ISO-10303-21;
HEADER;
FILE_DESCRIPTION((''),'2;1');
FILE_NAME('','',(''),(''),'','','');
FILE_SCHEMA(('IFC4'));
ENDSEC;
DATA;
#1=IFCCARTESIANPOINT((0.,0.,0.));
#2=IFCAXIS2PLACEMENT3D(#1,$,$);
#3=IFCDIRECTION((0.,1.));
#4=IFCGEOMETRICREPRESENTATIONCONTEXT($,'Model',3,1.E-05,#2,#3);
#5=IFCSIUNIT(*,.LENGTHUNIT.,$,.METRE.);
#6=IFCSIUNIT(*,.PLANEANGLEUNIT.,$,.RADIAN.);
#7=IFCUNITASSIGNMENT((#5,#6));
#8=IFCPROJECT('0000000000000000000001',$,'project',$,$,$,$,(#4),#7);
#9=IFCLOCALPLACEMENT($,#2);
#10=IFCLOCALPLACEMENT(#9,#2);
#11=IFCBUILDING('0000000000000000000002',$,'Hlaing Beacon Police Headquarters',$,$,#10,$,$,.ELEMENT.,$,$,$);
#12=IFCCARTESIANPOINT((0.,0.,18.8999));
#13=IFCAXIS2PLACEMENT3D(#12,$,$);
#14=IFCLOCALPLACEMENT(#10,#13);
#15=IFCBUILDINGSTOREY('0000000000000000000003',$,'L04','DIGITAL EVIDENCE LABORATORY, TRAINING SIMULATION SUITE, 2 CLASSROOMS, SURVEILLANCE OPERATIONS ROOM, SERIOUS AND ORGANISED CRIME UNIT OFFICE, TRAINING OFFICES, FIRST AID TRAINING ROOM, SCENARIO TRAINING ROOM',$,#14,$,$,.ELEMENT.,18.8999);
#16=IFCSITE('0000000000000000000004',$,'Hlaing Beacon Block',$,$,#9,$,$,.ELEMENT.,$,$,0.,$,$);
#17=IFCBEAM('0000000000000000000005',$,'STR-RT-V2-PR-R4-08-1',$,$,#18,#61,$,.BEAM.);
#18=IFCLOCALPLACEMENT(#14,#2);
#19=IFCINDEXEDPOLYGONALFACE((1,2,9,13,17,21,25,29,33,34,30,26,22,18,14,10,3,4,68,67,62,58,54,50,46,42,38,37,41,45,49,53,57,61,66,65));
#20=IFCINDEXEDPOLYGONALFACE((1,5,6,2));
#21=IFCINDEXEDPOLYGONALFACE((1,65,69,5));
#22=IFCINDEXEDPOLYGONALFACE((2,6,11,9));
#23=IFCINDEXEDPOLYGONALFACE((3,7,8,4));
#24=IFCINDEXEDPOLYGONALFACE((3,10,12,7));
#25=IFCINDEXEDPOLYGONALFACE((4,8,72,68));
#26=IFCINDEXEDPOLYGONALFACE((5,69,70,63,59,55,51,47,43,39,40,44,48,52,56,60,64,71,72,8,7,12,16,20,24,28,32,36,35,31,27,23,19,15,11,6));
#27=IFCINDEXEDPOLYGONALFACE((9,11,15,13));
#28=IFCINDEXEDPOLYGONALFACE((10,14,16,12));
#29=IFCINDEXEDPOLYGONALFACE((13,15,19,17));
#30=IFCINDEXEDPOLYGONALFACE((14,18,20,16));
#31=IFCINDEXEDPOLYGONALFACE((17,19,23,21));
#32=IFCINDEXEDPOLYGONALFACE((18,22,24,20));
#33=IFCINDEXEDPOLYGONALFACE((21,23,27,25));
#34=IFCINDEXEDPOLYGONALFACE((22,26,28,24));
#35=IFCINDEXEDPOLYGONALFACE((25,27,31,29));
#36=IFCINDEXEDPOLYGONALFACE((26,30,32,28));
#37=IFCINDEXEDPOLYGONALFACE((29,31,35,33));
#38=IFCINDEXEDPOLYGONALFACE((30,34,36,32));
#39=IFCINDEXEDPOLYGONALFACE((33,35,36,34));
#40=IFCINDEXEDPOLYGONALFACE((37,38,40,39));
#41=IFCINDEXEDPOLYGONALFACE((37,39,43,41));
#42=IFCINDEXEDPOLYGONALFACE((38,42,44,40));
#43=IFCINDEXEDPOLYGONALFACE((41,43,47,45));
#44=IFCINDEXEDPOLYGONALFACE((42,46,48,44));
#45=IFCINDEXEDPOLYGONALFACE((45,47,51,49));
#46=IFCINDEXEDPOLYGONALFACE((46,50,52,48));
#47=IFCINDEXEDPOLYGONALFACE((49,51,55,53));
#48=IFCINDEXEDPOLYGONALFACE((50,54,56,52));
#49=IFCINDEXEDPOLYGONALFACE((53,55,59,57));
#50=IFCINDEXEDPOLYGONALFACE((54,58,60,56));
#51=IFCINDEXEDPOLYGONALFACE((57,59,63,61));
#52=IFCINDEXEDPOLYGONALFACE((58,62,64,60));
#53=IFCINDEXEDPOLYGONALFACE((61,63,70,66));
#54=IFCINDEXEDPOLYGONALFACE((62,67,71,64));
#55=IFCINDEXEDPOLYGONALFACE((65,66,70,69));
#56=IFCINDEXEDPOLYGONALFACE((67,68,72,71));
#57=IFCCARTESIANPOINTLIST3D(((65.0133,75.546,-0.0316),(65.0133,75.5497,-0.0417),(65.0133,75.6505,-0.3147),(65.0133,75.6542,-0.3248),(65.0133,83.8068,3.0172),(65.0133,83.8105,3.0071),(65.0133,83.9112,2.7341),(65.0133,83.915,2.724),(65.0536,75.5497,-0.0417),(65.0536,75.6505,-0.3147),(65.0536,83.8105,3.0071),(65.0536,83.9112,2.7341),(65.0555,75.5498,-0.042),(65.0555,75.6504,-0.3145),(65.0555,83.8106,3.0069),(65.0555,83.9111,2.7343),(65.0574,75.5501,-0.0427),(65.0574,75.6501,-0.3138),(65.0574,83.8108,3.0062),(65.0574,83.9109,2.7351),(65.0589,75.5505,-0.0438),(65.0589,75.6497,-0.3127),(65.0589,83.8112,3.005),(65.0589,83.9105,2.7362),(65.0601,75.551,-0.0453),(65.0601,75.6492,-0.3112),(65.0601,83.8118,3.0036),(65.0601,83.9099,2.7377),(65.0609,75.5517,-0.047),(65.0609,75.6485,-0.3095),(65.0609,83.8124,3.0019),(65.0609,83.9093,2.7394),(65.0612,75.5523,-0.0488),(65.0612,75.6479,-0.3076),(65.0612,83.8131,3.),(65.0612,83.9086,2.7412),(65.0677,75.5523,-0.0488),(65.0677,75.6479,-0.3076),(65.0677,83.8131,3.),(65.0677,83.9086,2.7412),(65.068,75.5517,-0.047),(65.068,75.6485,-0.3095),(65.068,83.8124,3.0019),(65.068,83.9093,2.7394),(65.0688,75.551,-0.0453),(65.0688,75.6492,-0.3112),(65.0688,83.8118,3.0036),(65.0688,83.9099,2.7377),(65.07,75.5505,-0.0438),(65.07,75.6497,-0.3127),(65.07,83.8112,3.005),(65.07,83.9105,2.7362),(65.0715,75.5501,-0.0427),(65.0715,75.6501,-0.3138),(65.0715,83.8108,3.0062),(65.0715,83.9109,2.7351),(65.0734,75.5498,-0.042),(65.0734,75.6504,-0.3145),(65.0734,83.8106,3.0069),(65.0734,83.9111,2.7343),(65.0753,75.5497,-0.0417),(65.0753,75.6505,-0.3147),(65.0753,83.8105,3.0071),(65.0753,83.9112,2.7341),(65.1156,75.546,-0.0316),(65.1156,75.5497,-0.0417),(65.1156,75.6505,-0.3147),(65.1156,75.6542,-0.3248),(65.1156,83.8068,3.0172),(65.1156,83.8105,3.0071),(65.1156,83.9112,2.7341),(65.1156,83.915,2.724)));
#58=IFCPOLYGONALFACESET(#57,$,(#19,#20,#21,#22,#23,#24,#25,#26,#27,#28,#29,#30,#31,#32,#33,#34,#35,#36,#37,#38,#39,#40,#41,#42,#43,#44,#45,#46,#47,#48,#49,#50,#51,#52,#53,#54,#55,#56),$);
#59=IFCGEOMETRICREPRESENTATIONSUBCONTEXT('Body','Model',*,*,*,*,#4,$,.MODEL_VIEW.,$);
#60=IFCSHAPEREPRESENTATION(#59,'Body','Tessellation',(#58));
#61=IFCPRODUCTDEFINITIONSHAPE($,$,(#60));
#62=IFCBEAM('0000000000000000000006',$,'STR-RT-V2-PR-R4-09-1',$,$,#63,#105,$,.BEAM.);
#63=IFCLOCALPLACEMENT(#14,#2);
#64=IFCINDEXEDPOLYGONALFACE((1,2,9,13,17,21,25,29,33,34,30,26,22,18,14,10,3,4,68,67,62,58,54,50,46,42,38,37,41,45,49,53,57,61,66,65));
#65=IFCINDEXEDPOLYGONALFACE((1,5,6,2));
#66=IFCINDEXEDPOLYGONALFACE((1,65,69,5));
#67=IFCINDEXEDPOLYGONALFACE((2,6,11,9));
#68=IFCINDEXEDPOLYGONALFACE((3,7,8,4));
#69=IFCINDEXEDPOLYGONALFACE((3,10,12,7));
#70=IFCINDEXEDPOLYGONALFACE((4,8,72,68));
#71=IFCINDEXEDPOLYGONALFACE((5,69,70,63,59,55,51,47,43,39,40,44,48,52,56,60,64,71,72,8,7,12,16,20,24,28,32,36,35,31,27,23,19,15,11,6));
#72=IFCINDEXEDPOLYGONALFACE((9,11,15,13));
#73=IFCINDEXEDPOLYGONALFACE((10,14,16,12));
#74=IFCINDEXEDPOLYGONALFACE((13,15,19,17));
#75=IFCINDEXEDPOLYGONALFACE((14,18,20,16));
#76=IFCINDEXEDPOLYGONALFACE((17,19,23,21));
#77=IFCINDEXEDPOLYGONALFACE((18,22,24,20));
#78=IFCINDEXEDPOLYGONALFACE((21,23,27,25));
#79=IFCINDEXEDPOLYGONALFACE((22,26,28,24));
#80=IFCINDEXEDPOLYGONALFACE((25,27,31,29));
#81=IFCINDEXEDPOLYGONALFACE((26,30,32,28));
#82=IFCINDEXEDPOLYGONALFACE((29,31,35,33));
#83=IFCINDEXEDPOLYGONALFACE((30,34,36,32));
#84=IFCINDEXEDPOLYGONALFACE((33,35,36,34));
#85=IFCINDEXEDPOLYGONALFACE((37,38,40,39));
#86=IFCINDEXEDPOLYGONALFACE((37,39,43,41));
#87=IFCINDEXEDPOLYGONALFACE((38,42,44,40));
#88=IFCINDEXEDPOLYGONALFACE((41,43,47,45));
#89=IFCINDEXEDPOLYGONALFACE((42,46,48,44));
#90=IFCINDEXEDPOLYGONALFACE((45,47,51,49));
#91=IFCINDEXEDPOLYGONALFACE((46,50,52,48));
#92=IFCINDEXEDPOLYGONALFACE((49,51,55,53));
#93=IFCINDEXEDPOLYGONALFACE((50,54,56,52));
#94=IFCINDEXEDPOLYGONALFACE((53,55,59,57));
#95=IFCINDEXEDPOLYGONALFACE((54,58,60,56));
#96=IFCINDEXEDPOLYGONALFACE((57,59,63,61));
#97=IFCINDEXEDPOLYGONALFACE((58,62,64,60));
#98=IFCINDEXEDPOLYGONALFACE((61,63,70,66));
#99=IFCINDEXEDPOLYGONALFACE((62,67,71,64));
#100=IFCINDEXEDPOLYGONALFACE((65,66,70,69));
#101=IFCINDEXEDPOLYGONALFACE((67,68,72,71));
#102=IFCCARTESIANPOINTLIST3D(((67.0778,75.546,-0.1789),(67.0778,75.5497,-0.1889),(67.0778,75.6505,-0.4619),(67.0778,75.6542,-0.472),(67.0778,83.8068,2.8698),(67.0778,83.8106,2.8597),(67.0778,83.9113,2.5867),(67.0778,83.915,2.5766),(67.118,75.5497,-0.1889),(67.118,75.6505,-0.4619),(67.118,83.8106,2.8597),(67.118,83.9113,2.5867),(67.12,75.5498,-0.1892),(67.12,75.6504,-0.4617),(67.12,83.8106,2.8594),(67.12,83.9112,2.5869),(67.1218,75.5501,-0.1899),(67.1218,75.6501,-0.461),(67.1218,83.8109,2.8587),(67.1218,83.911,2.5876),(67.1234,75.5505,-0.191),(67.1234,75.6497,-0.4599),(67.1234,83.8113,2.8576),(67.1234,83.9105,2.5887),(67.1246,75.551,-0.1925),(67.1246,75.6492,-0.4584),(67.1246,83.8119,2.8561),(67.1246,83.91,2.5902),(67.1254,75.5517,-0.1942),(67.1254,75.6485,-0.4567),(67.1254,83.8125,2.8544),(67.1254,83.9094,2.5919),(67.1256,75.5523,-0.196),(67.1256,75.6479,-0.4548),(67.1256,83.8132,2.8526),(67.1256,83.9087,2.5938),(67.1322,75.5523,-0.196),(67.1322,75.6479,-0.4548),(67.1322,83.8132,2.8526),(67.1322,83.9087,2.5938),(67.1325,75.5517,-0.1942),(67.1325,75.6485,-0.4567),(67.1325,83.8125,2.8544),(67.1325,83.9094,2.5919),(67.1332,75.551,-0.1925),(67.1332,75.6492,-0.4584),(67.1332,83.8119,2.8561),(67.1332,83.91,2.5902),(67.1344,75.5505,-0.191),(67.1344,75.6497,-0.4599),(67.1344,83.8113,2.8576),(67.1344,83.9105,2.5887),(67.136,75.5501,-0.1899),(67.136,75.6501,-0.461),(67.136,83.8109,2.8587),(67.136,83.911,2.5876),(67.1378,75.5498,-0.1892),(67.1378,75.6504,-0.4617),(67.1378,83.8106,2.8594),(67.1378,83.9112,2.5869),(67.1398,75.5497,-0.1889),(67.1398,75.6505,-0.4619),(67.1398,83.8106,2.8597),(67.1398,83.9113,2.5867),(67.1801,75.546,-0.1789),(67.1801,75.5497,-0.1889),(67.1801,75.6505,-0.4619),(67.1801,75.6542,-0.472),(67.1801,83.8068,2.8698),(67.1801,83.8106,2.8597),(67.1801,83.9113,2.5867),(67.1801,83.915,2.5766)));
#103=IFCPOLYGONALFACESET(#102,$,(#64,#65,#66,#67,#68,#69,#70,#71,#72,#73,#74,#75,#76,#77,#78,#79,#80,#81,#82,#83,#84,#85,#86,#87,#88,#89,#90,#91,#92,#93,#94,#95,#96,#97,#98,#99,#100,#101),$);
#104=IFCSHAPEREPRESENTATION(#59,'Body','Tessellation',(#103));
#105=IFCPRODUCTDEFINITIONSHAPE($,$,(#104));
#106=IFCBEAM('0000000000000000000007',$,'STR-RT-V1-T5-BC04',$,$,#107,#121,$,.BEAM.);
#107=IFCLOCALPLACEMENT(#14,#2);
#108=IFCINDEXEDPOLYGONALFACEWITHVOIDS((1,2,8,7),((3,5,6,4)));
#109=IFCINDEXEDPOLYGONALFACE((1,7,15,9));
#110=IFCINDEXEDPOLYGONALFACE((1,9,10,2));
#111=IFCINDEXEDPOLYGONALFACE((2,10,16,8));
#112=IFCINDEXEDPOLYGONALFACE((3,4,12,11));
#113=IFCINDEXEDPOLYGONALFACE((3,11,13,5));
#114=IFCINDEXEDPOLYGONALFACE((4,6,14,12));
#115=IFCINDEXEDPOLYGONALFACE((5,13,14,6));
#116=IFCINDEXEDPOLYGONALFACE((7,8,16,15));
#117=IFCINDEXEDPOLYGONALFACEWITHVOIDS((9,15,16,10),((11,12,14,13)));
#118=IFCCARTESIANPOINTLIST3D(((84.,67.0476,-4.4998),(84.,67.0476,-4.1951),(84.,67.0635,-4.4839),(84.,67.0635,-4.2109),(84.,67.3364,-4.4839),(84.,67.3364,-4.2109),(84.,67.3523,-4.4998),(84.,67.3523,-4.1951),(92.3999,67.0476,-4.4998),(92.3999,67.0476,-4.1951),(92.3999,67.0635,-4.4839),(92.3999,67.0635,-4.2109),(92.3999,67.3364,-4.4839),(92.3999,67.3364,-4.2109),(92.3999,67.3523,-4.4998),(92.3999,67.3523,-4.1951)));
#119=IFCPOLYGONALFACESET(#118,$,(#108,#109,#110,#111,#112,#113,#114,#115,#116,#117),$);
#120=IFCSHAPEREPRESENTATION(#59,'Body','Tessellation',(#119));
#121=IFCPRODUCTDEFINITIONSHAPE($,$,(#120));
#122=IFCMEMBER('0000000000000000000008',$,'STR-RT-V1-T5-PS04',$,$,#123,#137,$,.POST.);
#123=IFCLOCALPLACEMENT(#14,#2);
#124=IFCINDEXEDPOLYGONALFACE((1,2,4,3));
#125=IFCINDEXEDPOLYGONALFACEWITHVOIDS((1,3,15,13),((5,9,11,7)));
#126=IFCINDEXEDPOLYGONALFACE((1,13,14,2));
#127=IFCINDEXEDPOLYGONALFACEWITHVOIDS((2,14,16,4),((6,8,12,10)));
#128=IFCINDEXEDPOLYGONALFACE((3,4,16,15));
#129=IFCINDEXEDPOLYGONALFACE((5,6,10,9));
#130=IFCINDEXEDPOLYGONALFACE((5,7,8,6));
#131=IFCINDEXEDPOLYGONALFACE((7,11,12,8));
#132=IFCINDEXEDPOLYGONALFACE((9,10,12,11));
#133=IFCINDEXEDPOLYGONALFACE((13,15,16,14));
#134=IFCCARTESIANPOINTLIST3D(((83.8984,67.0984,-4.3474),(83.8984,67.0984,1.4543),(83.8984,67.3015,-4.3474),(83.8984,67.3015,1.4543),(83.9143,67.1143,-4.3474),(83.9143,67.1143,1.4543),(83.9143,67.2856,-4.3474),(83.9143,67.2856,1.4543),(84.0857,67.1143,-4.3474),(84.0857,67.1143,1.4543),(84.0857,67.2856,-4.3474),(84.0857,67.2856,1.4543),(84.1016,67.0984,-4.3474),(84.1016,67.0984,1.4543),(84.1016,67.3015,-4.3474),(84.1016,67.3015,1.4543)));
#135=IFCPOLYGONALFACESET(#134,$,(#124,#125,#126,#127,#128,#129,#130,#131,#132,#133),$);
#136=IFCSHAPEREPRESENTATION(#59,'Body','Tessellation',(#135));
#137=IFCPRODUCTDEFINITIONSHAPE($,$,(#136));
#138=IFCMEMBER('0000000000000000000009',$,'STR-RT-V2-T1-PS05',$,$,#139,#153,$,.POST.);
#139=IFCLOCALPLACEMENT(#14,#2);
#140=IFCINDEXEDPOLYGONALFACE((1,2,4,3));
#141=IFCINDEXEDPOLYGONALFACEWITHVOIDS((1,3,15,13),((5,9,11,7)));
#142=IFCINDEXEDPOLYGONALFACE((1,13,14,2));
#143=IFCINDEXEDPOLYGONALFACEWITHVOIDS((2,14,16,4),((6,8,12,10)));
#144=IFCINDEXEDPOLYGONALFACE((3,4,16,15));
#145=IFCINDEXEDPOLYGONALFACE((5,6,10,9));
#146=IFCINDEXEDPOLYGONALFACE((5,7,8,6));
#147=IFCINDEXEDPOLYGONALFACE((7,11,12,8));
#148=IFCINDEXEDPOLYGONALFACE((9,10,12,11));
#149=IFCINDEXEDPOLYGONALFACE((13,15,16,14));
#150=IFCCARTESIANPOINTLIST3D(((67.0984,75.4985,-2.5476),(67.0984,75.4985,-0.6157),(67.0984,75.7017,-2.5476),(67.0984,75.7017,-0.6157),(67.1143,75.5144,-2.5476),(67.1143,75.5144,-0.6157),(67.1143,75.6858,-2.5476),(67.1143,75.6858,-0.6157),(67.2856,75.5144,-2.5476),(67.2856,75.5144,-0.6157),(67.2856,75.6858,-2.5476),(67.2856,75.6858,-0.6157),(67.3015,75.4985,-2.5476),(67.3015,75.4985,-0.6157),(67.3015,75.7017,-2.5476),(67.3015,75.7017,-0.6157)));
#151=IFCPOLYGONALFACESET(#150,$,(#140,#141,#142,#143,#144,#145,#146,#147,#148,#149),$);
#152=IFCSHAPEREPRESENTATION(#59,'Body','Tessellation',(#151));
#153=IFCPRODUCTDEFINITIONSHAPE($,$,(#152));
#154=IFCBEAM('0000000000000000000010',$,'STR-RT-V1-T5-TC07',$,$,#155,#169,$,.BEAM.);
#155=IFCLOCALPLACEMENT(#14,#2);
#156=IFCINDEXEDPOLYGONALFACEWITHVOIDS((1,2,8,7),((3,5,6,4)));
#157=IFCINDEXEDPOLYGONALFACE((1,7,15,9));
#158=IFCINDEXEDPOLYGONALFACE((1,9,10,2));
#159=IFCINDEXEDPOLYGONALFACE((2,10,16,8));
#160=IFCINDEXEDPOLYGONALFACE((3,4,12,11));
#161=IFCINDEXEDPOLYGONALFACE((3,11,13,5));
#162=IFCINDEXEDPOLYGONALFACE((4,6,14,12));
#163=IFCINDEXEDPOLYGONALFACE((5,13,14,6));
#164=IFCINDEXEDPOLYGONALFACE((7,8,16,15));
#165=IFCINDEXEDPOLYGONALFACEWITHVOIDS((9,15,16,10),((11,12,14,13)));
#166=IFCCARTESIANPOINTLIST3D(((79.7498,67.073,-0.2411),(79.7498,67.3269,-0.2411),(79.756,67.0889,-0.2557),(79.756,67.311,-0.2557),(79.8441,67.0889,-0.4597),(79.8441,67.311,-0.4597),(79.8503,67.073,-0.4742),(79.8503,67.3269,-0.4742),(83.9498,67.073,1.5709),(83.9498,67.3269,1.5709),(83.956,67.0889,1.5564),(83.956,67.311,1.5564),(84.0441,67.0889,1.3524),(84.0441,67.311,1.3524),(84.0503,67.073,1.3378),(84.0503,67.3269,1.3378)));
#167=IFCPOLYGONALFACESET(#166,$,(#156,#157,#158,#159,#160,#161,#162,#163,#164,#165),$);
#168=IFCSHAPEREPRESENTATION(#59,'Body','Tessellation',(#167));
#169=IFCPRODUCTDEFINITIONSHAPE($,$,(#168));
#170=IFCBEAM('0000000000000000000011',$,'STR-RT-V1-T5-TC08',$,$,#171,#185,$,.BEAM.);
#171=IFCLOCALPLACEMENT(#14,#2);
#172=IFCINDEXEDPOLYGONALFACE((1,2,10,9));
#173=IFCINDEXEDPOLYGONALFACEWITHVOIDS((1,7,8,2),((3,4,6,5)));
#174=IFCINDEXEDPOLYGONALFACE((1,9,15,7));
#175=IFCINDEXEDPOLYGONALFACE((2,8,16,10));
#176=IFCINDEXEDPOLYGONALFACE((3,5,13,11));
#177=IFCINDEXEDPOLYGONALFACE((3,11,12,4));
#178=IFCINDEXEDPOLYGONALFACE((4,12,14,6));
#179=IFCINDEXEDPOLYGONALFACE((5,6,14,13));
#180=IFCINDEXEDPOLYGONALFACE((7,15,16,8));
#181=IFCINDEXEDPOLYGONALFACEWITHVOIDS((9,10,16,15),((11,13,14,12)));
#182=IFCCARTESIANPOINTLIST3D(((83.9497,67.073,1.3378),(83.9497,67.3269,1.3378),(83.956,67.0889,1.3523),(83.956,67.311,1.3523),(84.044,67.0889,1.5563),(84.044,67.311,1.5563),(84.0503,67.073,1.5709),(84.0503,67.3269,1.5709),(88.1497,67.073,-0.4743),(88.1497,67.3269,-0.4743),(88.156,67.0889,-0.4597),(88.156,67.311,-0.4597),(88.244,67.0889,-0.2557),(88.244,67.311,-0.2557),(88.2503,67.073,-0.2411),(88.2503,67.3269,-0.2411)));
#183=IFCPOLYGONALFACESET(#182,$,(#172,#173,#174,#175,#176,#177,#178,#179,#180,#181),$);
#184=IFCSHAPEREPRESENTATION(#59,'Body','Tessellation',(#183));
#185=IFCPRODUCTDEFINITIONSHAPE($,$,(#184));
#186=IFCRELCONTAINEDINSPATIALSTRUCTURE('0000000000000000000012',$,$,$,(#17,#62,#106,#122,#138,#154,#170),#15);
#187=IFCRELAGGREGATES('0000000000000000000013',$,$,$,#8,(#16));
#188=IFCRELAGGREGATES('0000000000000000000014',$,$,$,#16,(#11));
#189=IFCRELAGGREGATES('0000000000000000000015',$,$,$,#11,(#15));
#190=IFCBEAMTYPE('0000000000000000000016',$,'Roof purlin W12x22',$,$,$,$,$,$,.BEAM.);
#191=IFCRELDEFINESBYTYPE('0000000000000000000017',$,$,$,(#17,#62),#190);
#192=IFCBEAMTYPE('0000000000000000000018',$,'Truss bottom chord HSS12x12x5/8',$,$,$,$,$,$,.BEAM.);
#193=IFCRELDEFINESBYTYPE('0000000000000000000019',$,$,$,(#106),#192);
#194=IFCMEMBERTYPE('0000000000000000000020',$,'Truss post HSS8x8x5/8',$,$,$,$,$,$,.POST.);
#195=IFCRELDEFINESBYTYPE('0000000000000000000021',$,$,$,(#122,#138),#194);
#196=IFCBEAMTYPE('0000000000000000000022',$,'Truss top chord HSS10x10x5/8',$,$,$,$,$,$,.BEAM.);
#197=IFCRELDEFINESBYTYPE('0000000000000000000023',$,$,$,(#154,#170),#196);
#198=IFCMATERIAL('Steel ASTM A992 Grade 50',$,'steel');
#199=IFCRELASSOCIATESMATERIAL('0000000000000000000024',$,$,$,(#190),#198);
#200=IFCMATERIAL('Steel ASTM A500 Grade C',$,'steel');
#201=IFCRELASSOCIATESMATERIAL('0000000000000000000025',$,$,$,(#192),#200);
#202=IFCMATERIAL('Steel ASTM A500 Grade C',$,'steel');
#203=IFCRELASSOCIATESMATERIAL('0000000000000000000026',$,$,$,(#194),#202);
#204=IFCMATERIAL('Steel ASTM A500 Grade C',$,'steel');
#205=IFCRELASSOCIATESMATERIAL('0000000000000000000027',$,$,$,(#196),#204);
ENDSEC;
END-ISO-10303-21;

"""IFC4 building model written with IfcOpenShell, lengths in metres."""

from ifc_helpers import new_model, si_unit, direction, frame, origin, origin_2d, place, context, subcontext, project, spatial, hollow_rectangle, i_section, extrude, material, material_profile, profile_set, type_object, element, save


model = new_model("IFC4")

# Units and contexts
model_context = context("Model", 3, precision=1e-05, world=origin(), true_north=direction((0.0, 1.0)))
body_context = subcontext(model_context, "Body", "Model", "MODEL_VIEW")
ifc_project = project(units=[si_unit("LENGTHUNIT", "METRE"), si_unit("PLANEANGLEUNIT", "RADIAN")], contexts=[model_context])

# Site, building, storey
site_placement = place(None, origin())
site = spatial("IfcSite", under=ifc_project, at=site_placement, Name="Hlaing Beacon Block", CompositionType="ELEMENT", RefElevation=0.0)
building_placement = place(site_placement, origin())
building = spatial("IfcBuilding", under=site, at=building_placement, Name="Hlaing Beacon Police Headquarters", CompositionType="ELEMENT")
storey_placement = place(building_placement, frame((0.0, 0.0, 18.8999)))
storey = spatial("IfcBuildingStorey", under=building, at=storey_placement, Name="L04", Description="DIGITAL EVIDENCE LABORATORY, TRAINING SIMULATION SUITE, 2 CLASSROOMS, SURVEILLANCE OPERATIONS ROOM, SERIOUS AND ORGANISED CRIME UNIT OFFICE, TRAINING OFFICES, FIRST AID TRAINING ROOM, SCENARIO TRAINING ROOM", CompositionType="ELEMENT", Elevation=18.8999)

# Beams
ifc_material_1 = material(Name="Steel ASTM A992 Grade 50", Category="steel")
ifc_material_profile_1 = material_profile(ifc_material_1, i_section(OverallWidth=0.1023, OverallDepth=0.3125, WebThickness=0.0066, FlangeThickness=0.0107, FilletRadius=0.0076, at=origin_2d()), Name="W12x22")
ifc_profile_set_1 = profile_set([ifc_material_profile_1], Name="Steel ASTM A992 Grade 50")
beam_type_1 = type_object("IfcBeamType", Name="Roof purlin W12x22", PredefinedType="BEAM", material=ifc_profile_set_1)
for number, where, z_axis, x_axis, name in (
    (1, (65.0645, 75.6001, -0.1782), (0.0, 0.938144, 0.346245), (-1.0, 0.0, 0.0), "STR-RT-V2-PR-R4-08-1"),
    (2, (67.1289, 75.6001, -0.3254), (0.0, 0.938153, 0.346221), (-1.0, 0.0, 0.0), "STR-RT-V2-PR-R4-09-1"),
):
    element("IfcBeam", number, at=place(storey_placement, frame(where, z_axis=z_axis, x_axis=x_axis)), inside=storey, type_object=beam_type_1, Name=name, PredefinedType="BEAM", context=body_context, shape_type="SweptSolid", body=[
        extrude(i_section(OverallWidth=0.1023, OverallDepth=0.3125, WebThickness=0.0066, FlangeThickness=0.0107, FilletRadius=0.0076, at=origin_2d()), origin(), (0.0, 0.0, 1.0), 8.8054),
    ])
ifc_material_2 = material(Name="Steel ASTM A500 Grade C", Category="steel")
ifc_material_profile_2 = material_profile(ifc_material_2, hollow_rectangle(XDim=0.3047, YDim=0.3047, WallThickness=0.0159, at=origin_2d()), Name="HSS12x12x5/8")
ifc_profile_set_2 = profile_set([ifc_material_profile_2], Name="Steel ASTM A500 Grade C")
beam_type_2 = type_object("IfcBeamType", Name="Truss bottom chord HSS12x12x5/8", PredefinedType="BEAM", material=ifc_profile_set_2)
beam_1_placement = place(storey_placement, frame((84.0, 67.2, -4.3474), z_axis=(1.0, 0.0, 0.0), x_axis=(0.0, 1.0, 0.0)))
element("IfcBeam", 3, at=beam_1_placement, inside=storey, type_object=beam_type_2, Name="STR-RT-V1-T5-BC04", PredefinedType="BEAM", context=body_context, shape_type="SweptSolid", body=[
    extrude(hollow_rectangle(XDim=0.3047, YDim=0.3047, WallThickness=0.0159, at=origin_2d()), origin(), (0.0, 0.0, 1.0), 8.3999),
])

# Members
ifc_material_3 = material(Name="Steel ASTM A500 Grade C", Category="steel")
ifc_material_profile_3 = material_profile(ifc_material_3, hollow_rectangle(XDim=0.2031, YDim=0.2031, WallThickness=0.0159, at=origin_2d()), Name="HSS8x8x5/8")
ifc_profile_set_3 = profile_set([ifc_material_profile_3], Name="Steel ASTM A500 Grade C")
member_type_1 = type_object("IfcMemberType", Name="Truss post HSS8x8x5/8", PredefinedType="POST", material=ifc_profile_set_3)
member_1_placement = place(storey_placement, frame((84.0, 67.2, -4.3474), z_axis=(0.0, 0.0, 1.0), x_axis=(1.0, 0.0, 0.0)))
element("IfcMember", 4, at=member_1_placement, inside=storey, type_object=member_type_1, Name="STR-RT-V1-T5-PS04", PredefinedType="POST", context=body_context, shape_type="SweptSolid", body=[
    extrude(hollow_rectangle(XDim=0.2031, YDim=0.2031, WallThickness=0.0159, at=origin_2d()), origin(), (0.0, 0.0, 1.0), 5.8018),
])
member_2_placement = place(storey_placement, frame((67.2, 75.6001, -2.5476), z_axis=(0.0, 0.0, 1.0), x_axis=(1.0, 0.0, 0.0)))
element("IfcMember", 5, at=member_2_placement, inside=storey, type_object=member_type_1, Name="STR-RT-V2-T1-PS05", PredefinedType="POST", context=body_context, shape_type="SweptSolid", body=[
    extrude(hollow_rectangle(XDim=0.2031, YDim=0.2031, WallThickness=0.0159, at=origin_2d()), origin(), (0.0, 0.0, 1.0), 1.9319),
])

# Beams
ifc_material_4 = material(Name="Steel ASTM A500 Grade C", Category="steel")
ifc_material_profile_4 = material_profile(ifc_material_4, hollow_rectangle(XDim=0.2539, YDim=0.2539, WallThickness=0.0159, at=origin_2d()), Name="HSS10x10x5/8")
ifc_profile_set_4 = profile_set([ifc_material_profile_4], Name="Steel ASTM A500 Grade C")
beam_type_3 = type_object("IfcBeamType", Name="Truss top chord HSS10x10x5/8", PredefinedType="BEAM", material=ifc_profile_set_4)
for number, where, z_axis, x_axis, name in (
    (6, (79.8, 67.2, -0.3577), (0.91819, 0.0, 0.396141), (0.0, 1.0, 0.0), "STR-RT-V1-T5-TC07"),
    (7, (84.0, 67.2, 1.4543), (0.91819, 0.0, -0.396141), (0.0, 1.0, 0.0), "STR-RT-V1-T5-TC08"),
):
    element("IfcBeam", number, at=place(storey_placement, frame(where, z_axis=z_axis, x_axis=x_axis)), inside=storey, type_object=beam_type_3, Name=name, PredefinedType="BEAM", context=body_context, shape_type="SweptSolid", body=[
        extrude(hollow_rectangle(XDim=0.2539, YDim=0.2539, WallThickness=0.0159, at=origin_2d()), origin(), (0.0, 0.0, 1.0), 4.5742),
    ])

save(model, "model.ifc")
